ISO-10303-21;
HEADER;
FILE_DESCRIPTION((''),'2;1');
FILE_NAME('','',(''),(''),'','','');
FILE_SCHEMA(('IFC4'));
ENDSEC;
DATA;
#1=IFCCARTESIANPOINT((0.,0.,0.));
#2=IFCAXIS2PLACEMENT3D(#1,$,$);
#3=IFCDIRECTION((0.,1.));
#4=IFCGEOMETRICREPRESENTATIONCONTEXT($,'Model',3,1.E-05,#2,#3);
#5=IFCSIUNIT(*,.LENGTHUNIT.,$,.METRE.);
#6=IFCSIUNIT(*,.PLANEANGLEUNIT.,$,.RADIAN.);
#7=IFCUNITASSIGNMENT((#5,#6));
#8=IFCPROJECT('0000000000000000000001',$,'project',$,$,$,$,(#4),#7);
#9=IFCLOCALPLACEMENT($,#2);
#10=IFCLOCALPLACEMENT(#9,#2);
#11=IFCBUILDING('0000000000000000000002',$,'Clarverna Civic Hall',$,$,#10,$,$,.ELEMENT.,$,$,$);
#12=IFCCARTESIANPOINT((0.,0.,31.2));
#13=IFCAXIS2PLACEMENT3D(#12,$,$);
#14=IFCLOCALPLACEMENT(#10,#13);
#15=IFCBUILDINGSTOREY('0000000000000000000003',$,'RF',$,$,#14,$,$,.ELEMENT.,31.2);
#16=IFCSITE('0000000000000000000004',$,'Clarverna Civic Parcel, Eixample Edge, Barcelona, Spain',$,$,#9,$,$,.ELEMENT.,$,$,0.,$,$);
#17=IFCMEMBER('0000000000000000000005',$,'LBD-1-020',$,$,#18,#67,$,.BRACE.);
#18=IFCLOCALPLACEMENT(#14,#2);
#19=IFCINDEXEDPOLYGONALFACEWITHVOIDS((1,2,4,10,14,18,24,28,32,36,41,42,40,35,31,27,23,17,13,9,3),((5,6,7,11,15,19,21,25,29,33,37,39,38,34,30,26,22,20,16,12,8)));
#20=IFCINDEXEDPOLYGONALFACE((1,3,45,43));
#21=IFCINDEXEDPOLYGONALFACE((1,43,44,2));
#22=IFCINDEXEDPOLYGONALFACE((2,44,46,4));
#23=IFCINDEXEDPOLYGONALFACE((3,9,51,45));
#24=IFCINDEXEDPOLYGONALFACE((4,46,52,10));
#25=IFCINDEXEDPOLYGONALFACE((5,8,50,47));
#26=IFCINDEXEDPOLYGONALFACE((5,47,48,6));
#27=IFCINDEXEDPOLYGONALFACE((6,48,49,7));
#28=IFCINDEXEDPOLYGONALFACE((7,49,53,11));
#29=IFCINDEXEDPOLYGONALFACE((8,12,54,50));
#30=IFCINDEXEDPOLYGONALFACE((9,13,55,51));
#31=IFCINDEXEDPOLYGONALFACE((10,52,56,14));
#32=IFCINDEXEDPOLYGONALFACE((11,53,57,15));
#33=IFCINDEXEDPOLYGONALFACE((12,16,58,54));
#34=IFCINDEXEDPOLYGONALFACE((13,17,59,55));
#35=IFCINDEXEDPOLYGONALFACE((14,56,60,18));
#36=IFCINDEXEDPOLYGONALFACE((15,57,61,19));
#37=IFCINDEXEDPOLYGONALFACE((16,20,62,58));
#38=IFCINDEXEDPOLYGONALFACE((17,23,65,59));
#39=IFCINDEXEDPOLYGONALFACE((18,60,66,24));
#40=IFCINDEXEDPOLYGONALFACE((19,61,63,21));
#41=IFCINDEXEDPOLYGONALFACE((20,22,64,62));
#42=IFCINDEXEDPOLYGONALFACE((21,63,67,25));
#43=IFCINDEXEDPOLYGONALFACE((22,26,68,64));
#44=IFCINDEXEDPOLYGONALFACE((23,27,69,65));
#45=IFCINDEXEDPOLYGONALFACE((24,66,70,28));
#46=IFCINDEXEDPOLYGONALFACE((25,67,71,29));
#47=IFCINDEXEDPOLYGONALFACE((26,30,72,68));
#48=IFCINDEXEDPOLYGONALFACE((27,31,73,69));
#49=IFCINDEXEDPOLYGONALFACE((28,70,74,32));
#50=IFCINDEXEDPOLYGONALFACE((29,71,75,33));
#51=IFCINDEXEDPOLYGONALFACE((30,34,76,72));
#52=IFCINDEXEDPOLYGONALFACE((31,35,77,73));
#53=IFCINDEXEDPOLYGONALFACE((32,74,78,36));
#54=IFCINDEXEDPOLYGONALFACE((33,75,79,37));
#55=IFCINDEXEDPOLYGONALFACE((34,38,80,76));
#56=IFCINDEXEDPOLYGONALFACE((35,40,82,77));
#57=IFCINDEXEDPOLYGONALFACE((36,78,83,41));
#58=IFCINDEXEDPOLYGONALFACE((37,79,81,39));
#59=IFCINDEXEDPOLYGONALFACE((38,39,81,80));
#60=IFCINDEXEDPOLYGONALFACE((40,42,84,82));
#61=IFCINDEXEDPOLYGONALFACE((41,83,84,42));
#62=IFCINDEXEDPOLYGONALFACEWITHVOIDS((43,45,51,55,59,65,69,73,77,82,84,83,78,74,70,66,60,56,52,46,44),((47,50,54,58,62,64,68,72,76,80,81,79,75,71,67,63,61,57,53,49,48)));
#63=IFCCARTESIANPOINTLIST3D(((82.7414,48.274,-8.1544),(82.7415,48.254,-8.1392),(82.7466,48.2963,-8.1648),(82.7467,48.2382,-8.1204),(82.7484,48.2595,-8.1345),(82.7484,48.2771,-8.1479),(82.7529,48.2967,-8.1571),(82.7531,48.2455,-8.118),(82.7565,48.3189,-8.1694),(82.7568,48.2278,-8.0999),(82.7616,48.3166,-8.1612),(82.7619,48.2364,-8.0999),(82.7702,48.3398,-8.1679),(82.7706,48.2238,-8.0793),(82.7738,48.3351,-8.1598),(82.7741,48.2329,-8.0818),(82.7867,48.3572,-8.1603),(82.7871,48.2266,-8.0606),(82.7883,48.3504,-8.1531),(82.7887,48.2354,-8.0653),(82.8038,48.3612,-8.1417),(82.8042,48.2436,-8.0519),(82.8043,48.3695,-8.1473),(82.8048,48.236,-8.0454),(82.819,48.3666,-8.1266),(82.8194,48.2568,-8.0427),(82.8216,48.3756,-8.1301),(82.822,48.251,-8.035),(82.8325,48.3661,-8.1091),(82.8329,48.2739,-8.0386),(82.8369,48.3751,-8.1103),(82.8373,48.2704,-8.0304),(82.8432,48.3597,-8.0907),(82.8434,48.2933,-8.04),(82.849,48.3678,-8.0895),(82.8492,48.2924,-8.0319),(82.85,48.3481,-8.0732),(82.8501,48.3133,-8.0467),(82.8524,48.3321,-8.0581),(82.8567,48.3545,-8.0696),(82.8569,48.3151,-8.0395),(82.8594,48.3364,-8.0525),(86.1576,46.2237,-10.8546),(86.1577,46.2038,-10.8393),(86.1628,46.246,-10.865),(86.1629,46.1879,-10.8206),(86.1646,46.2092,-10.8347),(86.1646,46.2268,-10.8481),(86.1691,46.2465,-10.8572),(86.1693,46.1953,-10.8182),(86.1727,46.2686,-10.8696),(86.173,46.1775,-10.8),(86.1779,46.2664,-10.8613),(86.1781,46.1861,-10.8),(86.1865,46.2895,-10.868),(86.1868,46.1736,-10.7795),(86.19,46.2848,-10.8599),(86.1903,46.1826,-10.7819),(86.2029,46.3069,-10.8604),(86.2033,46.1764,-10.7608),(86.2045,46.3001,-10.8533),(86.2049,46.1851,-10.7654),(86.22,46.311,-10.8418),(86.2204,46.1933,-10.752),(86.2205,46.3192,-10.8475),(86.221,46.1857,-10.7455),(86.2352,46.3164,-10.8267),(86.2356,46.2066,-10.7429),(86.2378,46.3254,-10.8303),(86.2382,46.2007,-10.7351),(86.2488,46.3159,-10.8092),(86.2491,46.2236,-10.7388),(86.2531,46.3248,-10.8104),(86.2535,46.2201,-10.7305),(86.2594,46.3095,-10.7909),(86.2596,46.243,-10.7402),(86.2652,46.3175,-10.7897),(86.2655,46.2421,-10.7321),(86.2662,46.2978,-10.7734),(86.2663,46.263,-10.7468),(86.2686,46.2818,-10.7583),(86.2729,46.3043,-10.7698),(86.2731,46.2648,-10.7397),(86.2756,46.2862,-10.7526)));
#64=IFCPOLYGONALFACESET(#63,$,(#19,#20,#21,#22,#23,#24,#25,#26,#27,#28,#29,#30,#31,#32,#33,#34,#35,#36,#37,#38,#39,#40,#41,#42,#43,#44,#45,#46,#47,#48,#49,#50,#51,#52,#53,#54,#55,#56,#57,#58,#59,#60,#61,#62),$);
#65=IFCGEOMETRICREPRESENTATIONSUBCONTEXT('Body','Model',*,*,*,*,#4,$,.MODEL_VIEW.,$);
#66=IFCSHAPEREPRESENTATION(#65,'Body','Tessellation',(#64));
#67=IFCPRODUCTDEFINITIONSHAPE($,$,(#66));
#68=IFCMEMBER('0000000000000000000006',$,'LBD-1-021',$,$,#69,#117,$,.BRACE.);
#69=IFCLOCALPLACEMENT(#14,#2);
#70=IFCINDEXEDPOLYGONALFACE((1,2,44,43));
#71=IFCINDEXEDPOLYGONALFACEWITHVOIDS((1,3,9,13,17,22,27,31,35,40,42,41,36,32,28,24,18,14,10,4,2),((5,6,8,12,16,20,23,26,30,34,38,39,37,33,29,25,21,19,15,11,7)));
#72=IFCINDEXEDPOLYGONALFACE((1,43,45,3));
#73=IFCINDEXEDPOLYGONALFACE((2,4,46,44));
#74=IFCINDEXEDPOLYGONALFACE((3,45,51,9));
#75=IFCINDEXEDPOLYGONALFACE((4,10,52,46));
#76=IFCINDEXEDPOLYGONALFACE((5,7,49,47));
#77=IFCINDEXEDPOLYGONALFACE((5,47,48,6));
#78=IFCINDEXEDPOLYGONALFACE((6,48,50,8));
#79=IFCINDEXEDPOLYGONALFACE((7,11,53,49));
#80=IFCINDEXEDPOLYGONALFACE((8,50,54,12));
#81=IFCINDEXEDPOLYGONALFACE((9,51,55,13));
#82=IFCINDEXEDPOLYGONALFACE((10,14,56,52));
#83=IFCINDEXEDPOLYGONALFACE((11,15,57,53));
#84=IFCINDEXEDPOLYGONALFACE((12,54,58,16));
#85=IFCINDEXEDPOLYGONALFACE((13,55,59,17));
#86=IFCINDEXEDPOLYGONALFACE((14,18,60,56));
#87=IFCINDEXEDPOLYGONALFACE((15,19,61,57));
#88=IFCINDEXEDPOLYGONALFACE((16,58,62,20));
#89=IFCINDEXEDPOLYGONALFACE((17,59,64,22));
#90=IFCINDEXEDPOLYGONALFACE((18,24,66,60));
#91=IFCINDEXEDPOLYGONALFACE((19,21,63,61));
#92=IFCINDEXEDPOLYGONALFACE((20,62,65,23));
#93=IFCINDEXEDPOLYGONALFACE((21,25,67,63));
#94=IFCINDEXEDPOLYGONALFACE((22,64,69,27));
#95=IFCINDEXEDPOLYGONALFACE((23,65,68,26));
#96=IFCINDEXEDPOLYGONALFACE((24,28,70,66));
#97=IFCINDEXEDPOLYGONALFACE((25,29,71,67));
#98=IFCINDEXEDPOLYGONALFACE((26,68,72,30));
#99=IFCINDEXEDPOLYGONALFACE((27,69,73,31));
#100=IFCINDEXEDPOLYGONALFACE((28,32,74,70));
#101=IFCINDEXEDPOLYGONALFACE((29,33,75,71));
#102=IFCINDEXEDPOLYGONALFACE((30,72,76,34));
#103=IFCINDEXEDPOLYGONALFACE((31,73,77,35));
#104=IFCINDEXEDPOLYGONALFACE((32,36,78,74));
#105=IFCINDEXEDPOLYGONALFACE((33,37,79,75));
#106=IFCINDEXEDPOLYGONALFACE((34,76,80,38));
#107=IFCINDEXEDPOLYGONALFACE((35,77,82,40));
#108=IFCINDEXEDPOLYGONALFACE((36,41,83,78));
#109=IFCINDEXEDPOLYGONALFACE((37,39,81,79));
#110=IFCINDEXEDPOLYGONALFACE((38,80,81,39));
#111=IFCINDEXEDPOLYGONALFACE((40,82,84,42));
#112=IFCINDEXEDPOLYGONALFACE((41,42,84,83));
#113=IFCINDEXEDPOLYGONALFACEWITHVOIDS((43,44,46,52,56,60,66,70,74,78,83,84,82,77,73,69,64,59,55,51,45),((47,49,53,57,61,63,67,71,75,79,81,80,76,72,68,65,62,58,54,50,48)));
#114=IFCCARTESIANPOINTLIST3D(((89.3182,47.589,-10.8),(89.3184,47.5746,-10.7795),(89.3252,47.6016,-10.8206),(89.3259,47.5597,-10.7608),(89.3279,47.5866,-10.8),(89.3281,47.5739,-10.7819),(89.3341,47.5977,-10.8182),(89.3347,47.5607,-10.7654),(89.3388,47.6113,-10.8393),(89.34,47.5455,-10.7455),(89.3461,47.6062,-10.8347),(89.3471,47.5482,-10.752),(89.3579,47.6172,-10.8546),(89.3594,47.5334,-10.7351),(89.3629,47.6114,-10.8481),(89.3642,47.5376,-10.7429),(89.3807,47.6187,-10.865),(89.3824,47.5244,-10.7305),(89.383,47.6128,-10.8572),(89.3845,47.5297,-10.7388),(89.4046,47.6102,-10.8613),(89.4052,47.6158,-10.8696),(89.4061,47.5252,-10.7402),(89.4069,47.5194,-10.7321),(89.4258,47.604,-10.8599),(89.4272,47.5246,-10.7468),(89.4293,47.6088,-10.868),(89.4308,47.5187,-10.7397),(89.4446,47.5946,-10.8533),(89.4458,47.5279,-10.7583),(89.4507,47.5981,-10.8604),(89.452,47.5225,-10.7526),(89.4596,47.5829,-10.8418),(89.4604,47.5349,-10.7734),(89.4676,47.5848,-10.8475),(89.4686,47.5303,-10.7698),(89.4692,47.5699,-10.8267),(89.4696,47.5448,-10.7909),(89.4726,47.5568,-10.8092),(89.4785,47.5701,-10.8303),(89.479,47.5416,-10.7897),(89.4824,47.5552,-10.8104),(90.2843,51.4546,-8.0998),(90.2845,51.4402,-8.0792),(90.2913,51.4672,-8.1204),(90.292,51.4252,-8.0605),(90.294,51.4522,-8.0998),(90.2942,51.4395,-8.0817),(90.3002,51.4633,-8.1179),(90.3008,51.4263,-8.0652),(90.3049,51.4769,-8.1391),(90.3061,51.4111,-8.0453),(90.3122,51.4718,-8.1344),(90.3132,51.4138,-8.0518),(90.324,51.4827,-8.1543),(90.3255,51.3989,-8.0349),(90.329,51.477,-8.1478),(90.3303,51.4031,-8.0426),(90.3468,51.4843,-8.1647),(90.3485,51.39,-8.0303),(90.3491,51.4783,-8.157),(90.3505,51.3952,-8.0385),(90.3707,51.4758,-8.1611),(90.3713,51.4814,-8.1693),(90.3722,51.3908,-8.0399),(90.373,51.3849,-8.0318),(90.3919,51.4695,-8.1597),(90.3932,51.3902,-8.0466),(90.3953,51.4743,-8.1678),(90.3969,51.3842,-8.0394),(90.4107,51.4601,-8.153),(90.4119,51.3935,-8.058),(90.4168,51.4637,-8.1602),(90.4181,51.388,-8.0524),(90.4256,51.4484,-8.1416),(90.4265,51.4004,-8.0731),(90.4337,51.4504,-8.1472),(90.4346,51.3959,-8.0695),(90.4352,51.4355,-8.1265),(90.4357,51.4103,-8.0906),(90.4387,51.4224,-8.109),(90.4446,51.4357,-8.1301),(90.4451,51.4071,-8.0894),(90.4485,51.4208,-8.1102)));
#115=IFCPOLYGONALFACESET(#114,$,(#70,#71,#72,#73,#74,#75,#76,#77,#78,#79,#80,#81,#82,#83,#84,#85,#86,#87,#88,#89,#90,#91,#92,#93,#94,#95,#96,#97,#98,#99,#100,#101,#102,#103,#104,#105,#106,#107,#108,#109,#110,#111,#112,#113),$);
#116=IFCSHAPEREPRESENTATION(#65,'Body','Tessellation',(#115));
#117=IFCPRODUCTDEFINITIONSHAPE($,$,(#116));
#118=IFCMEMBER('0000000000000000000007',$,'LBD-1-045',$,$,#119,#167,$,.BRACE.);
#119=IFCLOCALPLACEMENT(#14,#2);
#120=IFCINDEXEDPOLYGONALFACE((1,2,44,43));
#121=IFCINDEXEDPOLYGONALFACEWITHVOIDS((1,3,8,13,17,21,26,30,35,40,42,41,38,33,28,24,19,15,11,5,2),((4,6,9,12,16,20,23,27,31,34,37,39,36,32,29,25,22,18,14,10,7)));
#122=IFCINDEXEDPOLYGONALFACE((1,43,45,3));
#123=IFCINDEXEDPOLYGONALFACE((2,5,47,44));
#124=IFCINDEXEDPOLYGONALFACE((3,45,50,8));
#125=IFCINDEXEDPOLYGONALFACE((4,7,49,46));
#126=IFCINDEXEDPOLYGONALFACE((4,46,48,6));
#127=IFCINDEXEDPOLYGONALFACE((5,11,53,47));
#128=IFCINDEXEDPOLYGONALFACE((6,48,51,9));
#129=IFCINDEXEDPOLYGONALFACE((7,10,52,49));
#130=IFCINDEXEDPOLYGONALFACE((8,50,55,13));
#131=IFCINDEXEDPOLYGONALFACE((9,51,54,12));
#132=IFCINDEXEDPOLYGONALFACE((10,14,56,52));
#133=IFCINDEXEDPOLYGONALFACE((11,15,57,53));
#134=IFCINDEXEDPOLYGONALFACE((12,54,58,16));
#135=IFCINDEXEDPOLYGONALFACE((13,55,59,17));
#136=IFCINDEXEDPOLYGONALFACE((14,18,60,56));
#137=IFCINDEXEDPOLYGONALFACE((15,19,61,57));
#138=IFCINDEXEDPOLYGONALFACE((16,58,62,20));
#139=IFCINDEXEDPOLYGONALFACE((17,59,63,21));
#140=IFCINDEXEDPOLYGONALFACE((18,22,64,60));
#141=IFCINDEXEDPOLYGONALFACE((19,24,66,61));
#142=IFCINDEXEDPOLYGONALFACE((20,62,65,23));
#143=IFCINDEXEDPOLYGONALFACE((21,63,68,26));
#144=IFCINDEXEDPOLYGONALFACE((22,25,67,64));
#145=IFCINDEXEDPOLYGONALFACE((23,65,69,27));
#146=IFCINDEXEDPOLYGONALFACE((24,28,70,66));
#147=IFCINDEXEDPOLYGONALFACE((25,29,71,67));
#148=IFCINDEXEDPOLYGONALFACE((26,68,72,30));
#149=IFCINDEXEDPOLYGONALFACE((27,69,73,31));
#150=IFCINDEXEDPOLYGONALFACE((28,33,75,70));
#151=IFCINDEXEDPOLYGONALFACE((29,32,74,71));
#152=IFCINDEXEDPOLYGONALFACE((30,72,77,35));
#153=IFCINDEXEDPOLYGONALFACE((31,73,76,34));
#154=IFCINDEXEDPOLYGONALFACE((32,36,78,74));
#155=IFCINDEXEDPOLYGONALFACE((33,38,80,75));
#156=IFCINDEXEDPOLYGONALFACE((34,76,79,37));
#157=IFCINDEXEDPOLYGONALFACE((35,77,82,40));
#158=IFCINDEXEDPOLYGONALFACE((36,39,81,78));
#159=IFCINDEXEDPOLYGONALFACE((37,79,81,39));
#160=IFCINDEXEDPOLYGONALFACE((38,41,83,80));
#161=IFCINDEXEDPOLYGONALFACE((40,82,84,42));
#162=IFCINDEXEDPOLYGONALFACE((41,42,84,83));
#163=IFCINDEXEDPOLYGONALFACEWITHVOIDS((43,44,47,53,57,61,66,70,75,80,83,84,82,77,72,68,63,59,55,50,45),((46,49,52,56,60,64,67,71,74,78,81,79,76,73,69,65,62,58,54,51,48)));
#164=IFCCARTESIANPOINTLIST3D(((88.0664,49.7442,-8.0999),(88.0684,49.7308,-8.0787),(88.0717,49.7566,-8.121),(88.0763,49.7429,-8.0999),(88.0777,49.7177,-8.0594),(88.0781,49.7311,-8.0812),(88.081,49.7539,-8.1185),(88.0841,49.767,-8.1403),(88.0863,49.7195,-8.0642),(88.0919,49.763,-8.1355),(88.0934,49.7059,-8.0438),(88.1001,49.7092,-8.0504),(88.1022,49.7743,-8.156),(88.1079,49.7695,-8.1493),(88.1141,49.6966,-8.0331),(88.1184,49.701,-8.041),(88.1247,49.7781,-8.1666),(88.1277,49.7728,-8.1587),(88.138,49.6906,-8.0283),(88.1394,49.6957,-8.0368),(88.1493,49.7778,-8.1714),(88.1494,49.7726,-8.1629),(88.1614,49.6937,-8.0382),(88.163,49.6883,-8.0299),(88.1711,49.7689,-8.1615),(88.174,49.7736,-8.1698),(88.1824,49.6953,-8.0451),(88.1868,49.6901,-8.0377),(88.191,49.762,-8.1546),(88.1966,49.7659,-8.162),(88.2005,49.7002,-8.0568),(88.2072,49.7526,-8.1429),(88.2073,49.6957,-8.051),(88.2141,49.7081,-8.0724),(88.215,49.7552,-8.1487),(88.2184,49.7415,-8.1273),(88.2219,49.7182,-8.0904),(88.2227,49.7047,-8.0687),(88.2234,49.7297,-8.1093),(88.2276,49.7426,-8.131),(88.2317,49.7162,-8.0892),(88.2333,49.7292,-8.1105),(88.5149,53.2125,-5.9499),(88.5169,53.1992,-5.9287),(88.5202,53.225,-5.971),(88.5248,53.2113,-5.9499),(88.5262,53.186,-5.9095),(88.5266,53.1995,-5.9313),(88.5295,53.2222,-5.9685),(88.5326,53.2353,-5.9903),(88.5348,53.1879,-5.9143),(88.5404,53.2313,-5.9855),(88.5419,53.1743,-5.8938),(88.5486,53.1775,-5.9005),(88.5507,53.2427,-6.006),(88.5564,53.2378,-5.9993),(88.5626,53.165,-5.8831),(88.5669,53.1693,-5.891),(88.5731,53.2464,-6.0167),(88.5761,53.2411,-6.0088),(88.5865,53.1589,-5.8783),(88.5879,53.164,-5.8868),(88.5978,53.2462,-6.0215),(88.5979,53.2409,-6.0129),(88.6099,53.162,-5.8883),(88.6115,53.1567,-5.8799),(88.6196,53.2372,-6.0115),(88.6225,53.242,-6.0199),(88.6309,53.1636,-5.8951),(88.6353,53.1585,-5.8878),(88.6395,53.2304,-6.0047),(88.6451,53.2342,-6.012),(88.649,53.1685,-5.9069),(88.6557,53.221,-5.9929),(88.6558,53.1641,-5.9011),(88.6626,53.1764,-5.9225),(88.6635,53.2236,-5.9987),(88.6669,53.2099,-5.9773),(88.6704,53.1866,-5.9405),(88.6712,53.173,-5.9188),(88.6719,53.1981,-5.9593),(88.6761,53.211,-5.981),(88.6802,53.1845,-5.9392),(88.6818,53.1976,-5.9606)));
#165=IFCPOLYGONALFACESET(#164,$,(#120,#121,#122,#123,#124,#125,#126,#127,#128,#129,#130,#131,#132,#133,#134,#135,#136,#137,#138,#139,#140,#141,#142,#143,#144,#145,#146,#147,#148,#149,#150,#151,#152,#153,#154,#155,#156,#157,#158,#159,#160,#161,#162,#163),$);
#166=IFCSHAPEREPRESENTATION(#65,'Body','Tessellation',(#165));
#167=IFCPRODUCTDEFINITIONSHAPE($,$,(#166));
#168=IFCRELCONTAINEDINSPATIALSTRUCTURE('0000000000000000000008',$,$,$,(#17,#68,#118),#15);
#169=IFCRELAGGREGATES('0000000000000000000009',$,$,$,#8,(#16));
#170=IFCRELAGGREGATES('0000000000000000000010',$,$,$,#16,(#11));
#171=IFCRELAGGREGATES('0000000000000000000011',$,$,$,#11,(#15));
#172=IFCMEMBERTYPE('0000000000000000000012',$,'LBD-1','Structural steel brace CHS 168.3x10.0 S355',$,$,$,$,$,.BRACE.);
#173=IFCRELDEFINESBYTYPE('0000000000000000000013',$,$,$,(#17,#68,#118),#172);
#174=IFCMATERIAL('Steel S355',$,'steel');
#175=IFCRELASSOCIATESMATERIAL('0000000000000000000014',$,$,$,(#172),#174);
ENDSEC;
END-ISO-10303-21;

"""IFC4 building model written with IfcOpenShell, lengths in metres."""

from ifc_helpers import new_model, si_unit, direction, frame, origin, origin_2d, place, context, subcontext, project, spatial, hollow_circle, extrude, material, material_profile, profile_set, type_object, element, save


model = new_model("IFC4")

# Units and contexts
model_context = context("Model", 3, precision=1e-05, world=origin(), true_north=direction((0.0, 1.0)))
body_context = subcontext(model_context, "Body", "Model", "MODEL_VIEW")
ifc_project = project(units=[si_unit("LENGTHUNIT", "METRE"), si_unit("PLANEANGLEUNIT", "RADIAN")], contexts=[model_context])

# Site, building, storey
site_placement = place(None, origin())
site = spatial("IfcSite", under=ifc_project, at=site_placement, Name="Clarverna Civic Parcel, Eixample Edge, Barcelona, Spain", CompositionType="ELEMENT", RefElevation=0.0)
building_placement = place(site_placement, origin())
building = spatial("IfcBuilding", under=site, at=building_placement, Name="Clarverna Civic Hall", CompositionType="ELEMENT")
storey_placement = place(building_placement, frame((0.0, 0.0, 31.2)))
storey = spatial("IfcBuildingStorey", under=building, at=storey_placement, Name="RF", CompositionType="ELEMENT", Elevation=31.2)

# Members
ifc_material_1 = material(Name="Steel S355", Category="steel")
ifc_material_profile_1 = material_profile(ifc_material_1, hollow_circle(Radius=0.0842, WallThickness=0.01, at=origin_2d()), Name="CHS 168.3x10.0")
ifc_profile_set_1 = profile_set([ifc_material_profile_1], Name="Steel S355")
member_type_1 = type_object("IfcMemberType", Name="LBD-1", Description="Structural steel brace CHS 168.3x10.0 S355", PredefinedType="BRACE", material=ifc_profile_set_1)
member_1_placement = place(storey_placement, frame((86.2163, 46.2498, -10.8), z_axis=(-0.709789, 0.425985, 0.561014), x_axis=(-0.514595, -0.857433, 0.0)))
element("IfcMember", 1, at=member_1_placement, inside=storey, type_object=member_type_1, Name="LBD-1-020", PredefinedType="BRACE", context=body_context, shape_type="SweptSolid", body=[
    extrude(hollow_circle(Radius=0.0842, WallThickness=0.01, at=origin_2d()), origin(), (0.0, 0.0, 1.0), 4.813),
])
member_2_placement = place(storey_placement, frame((89.3999, 47.5686, -10.8), z_axis=(0.200714, 0.803111, 0.561006), x_axis=(-0.970161, 0.242464, 0.0)))
element("IfcMember", 2, at=member_2_placement, inside=storey, type_object=member_type_1, Name="LBD-1-021", PredefinedType="BRACE", context=body_context, shape_type="SweptSolid", body=[
    extrude(hollow_circle(Radius=0.0842, WallThickness=0.01, at=origin_2d()), origin(), (0.0, 0.0, 1.0), 4.8132),
])
member_3_placement = place(storey_placement, frame((88.1499, 49.7334, -8.0999), z_axis=(0.10925, 0.844861, 0.523712), x_axis=(-0.991743, 0.128244, 0.0)))
element("IfcMember", 3, at=member_3_placement, inside=storey, type_object=member_type_1, Name="LBD-1-045", PredefinedType="BRACE", context=body_context, shape_type="SweptSolid", body=[
    extrude(hollow_circle(Radius=0.0842, WallThickness=0.01, at=origin_2d()), origin(), (0.0, 0.0, 1.0), 4.1052),
])

save(model, "model.ifc")
